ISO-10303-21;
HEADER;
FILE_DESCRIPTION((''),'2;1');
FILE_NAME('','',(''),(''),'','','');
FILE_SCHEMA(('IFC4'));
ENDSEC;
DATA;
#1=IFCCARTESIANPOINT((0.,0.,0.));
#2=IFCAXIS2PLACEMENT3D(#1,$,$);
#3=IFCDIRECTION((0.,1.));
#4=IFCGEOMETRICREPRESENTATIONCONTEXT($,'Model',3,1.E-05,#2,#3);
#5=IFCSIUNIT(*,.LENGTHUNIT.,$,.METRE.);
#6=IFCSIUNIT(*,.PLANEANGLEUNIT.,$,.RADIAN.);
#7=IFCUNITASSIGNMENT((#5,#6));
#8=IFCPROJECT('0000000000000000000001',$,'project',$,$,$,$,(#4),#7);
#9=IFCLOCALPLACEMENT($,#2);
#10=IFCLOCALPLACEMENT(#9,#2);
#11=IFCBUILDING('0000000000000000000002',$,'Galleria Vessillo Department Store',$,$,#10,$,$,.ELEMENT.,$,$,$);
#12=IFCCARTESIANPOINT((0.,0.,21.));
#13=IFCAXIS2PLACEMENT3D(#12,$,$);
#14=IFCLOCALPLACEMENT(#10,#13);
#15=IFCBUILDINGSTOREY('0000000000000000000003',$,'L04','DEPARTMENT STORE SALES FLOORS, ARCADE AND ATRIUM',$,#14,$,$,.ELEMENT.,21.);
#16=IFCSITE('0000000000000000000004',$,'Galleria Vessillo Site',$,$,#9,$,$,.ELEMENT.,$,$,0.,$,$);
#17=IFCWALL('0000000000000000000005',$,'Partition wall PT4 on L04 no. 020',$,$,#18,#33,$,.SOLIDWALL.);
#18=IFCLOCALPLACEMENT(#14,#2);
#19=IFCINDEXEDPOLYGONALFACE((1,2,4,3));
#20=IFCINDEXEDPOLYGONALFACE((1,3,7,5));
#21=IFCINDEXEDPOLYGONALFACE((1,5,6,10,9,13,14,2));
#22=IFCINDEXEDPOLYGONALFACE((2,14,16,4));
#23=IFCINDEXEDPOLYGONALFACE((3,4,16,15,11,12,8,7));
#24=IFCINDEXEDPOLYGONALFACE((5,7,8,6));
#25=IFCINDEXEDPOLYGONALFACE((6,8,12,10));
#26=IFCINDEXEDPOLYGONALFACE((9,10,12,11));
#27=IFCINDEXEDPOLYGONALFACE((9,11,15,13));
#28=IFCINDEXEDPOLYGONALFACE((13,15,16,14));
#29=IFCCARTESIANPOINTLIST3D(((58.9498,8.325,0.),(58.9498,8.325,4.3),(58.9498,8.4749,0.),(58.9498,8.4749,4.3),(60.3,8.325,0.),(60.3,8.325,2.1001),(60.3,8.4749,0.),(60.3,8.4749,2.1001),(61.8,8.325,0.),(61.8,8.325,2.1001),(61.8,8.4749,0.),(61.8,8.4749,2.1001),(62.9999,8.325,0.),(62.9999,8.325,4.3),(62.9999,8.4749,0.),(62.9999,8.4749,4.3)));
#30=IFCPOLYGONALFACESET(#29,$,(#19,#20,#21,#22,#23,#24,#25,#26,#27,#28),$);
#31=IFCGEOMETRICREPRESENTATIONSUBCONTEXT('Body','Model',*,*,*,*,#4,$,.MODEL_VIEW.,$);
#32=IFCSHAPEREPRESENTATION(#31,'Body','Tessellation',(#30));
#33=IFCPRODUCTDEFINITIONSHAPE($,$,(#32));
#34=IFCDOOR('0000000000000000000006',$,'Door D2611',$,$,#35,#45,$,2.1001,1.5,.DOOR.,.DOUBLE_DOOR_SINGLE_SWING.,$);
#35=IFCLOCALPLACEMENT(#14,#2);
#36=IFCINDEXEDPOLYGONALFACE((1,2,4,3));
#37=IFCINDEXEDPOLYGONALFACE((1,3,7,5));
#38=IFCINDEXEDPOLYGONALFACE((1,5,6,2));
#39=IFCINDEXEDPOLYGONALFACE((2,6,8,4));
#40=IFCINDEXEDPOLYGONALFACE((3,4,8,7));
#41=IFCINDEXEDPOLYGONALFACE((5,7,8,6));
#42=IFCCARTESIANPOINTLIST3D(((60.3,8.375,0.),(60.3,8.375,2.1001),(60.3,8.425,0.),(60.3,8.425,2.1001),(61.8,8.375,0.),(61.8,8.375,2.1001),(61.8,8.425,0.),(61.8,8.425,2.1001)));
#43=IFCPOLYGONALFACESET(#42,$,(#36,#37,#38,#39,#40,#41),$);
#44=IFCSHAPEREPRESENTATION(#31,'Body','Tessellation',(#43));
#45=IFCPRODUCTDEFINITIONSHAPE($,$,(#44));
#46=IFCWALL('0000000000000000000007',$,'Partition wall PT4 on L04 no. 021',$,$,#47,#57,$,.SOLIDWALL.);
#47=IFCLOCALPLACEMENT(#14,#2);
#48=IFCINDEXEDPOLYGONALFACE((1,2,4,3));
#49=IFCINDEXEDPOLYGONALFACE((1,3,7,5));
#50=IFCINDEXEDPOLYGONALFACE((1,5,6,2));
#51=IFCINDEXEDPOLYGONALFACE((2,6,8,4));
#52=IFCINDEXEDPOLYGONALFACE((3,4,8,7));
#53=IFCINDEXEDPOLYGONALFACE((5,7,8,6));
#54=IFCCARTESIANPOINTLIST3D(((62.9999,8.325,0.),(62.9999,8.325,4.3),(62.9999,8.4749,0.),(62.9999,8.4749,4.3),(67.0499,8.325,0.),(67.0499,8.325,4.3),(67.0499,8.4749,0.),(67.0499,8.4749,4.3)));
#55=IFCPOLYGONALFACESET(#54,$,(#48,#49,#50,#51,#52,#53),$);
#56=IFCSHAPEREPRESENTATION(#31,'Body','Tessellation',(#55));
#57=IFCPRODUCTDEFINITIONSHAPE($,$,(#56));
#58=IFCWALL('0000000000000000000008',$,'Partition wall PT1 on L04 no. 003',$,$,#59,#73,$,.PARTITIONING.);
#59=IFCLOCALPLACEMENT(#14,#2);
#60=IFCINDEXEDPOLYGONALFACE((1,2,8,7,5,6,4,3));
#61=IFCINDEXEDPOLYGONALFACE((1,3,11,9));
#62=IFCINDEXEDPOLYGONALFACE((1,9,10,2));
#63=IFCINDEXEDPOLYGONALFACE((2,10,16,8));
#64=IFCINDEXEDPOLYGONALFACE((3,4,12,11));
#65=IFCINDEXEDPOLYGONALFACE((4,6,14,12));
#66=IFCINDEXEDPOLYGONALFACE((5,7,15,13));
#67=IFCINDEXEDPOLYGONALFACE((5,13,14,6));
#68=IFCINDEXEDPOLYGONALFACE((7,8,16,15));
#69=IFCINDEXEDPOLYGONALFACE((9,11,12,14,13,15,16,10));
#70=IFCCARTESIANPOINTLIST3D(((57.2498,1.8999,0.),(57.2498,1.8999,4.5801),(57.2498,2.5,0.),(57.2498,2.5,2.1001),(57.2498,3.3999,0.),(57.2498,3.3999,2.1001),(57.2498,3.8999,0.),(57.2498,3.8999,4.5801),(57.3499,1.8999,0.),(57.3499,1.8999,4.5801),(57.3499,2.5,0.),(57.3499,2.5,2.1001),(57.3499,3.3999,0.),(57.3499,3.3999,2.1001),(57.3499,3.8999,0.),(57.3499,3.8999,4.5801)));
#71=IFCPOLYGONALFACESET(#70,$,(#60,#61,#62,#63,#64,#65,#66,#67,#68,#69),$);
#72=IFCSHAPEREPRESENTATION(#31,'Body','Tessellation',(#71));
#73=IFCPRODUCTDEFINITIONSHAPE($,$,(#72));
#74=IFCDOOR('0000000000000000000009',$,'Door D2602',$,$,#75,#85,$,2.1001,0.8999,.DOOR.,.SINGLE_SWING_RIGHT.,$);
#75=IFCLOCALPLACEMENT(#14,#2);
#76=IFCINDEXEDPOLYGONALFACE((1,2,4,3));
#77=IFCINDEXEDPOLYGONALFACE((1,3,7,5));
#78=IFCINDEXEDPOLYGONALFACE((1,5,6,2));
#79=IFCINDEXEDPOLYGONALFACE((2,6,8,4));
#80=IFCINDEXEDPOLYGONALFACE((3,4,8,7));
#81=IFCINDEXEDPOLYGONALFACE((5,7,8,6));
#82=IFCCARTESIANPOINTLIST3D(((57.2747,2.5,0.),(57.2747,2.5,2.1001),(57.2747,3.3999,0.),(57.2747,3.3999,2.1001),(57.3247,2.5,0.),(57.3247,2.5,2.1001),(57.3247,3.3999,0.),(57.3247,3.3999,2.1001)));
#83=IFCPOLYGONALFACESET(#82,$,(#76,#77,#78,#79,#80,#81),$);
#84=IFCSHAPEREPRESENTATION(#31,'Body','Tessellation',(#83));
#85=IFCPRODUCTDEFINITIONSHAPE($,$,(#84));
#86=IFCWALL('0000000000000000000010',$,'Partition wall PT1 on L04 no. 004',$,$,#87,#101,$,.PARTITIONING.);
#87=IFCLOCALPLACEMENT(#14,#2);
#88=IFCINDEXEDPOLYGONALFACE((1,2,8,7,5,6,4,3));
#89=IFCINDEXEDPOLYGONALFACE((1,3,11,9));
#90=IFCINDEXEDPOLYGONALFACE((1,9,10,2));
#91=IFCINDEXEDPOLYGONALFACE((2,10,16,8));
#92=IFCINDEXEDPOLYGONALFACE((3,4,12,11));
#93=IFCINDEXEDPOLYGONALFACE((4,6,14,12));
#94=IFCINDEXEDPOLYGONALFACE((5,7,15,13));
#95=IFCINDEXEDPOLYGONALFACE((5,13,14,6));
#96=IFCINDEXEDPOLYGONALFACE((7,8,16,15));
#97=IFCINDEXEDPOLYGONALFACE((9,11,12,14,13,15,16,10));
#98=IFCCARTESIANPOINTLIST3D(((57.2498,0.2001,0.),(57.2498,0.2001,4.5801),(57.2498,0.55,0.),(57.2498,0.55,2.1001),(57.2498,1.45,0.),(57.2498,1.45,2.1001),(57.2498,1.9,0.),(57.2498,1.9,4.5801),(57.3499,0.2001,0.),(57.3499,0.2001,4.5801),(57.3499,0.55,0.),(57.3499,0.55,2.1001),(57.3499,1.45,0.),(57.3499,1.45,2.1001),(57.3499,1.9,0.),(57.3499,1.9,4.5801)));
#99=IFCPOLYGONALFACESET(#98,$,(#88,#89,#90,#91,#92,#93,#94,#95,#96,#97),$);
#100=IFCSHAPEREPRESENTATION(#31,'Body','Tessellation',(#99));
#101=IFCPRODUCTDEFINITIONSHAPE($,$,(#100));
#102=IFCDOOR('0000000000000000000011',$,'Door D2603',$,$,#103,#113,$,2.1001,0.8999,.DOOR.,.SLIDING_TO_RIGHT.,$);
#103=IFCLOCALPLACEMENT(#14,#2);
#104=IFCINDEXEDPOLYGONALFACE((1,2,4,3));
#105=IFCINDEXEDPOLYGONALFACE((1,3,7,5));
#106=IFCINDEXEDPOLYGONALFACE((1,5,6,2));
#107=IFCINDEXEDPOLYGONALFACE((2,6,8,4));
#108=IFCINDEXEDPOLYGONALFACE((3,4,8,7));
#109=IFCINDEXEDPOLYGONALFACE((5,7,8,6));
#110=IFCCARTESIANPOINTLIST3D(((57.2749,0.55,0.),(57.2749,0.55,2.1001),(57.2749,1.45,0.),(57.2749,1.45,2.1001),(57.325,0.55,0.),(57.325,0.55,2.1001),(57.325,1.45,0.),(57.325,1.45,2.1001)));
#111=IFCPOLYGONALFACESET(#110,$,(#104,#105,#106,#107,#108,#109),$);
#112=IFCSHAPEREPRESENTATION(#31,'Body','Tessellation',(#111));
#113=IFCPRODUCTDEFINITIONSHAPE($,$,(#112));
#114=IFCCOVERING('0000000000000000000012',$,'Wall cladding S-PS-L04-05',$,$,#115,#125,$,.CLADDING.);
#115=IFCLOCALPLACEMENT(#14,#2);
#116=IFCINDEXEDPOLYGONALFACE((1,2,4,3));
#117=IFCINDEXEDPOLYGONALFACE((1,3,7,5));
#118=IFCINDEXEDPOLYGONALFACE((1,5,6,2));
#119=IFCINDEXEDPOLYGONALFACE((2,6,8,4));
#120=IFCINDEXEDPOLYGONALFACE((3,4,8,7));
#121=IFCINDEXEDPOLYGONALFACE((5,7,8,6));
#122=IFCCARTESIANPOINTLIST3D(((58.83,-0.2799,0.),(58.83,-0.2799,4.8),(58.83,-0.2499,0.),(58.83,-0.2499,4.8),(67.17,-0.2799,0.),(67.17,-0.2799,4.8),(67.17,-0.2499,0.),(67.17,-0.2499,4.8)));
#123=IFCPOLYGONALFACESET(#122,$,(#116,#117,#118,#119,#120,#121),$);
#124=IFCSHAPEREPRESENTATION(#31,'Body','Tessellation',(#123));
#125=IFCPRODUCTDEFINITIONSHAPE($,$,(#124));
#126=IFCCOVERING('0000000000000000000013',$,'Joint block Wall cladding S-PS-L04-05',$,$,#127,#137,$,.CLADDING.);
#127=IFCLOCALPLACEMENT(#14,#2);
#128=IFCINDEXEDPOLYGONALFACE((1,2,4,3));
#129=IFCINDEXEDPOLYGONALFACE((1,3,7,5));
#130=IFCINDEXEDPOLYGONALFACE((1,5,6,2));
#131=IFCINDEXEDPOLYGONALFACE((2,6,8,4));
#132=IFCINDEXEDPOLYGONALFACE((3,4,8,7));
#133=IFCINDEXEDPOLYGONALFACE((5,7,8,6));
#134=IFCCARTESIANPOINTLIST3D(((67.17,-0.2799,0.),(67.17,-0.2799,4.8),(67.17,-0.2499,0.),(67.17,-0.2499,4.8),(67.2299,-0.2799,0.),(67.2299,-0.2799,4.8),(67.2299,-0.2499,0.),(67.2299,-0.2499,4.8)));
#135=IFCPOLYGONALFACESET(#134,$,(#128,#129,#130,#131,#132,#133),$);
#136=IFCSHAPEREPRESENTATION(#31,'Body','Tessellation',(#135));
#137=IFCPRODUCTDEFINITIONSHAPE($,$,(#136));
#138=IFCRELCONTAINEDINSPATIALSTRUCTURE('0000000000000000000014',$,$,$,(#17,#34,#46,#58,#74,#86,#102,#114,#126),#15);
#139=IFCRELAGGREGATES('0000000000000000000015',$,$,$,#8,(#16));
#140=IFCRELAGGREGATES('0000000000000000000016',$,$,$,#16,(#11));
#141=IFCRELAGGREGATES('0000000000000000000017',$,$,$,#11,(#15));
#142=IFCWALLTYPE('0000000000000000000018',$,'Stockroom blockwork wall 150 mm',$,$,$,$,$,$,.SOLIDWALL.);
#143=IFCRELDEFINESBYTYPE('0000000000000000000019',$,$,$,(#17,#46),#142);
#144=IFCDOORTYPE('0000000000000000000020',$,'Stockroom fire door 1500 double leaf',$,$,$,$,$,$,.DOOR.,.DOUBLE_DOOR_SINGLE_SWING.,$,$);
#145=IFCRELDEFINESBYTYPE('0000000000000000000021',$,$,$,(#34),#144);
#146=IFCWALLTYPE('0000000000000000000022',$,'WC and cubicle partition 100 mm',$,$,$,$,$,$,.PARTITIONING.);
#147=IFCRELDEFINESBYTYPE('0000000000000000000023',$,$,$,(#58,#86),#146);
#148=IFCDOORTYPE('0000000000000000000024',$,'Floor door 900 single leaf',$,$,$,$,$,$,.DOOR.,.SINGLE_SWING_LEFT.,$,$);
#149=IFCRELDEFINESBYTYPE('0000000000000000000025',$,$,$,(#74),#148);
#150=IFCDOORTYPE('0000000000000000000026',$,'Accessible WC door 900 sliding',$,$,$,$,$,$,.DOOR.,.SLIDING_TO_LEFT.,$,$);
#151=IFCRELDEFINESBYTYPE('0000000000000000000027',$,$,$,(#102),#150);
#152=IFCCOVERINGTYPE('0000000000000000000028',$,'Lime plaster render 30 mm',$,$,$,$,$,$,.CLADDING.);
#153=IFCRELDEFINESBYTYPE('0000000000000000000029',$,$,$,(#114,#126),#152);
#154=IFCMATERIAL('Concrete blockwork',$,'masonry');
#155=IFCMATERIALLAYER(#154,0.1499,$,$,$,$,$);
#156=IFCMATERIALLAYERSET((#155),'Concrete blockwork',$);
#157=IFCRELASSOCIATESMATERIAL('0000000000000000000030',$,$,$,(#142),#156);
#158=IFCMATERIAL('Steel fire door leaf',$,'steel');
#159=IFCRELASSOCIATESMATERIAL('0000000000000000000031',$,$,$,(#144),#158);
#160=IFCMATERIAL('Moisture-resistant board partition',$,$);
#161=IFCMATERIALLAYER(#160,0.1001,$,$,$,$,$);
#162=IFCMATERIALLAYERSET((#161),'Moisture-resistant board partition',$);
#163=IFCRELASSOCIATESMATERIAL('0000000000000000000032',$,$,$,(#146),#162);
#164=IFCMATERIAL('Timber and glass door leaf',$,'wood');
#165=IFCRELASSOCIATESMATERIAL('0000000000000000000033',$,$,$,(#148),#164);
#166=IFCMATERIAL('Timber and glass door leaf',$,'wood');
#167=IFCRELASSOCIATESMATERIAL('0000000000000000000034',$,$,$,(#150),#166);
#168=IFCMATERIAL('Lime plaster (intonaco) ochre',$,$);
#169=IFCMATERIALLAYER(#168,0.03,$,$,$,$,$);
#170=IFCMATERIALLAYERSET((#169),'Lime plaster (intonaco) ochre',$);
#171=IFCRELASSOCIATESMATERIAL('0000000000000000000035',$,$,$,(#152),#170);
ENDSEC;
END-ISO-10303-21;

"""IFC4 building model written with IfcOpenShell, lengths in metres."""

from ifc_helpers import new_model, si_unit, direction, frame, frame_2d, origin, origin_2d, place, context, subcontext, project, spatial, rectangle, extrude, material, layer, layer_set, type_object, element, fill, save


model = new_model("IFC4")

# Units and contexts
model_context = context("Model", 3, precision=1e-05, world=origin(), true_north=direction((0.0, 1.0)))
body_context = subcontext(model_context, "Body", "Model", "MODEL_VIEW")
ifc_project = project(units=[si_unit("LENGTHUNIT", "METRE"), si_unit("PLANEANGLEUNIT", "RADIAN")], contexts=[model_context])

# Site, building, storey
site_placement = place(None, origin())
site = spatial("IfcSite", under=ifc_project, at=site_placement, Name="Galleria Vessillo Site", CompositionType="ELEMENT", RefElevation=0.0)
building_placement = place(site_placement, origin())
building = spatial("IfcBuilding", under=site, at=building_placement, Name="Galleria Vessillo Department Store", CompositionType="ELEMENT")
storey_placement = place(building_placement, frame((0.0, 0.0, 21.0)))
storey = spatial("IfcBuildingStorey", under=building, at=storey_placement, Name="L04", Description="DEPARTMENT STORE SALES FLOORS, ARCADE AND ATRIUM", CompositionType="ELEMENT", Elevation=21.0)

# Shared definitions
ifc_material_1 = material(Name="Concrete blockwork", Category="masonry")
ifc_layer_1 = layer(ifc_material_1, 0.1499)
ifc_layer_set_1 = layer_set([ifc_layer_1], Name="Concrete blockwork")
wall_type_1 = type_object("IfcWallType", Name="Stockroom blockwork wall 150 mm", PredefinedType="SOLIDWALL", material=ifc_layer_set_1)

# Wall, opening, door
wall_1_placement = place(storey_placement, frame((58.95, 8.3999, 0.0), z_axis=(0.0, 0.0, 1.0), x_axis=(1.0, 0.0, 0.0)))
wall_1 = element("IfcWall", 1, at=wall_1_placement, inside=storey, type_object=wall_type_1, Name="Partition wall PT4 on L04 no. 020", PredefinedType="SOLIDWALL", context=body_context, shape_type="SweptSolid", body=[
    extrude(rectangle(XDim=4.05, YDim=0.1499, at=frame_2d((2.0249, 0.0))), origin(), (0.0, 0.0, 1.0), 4.3),
])
opening_1_placement = place(wall_1_placement, frame((1.3501, 0.0, 0.0)))
opening_1 = element("IfcOpeningElement", 2, at=opening_1_placement, cuts=wall_1, PredefinedType="OPENING", context=body_context, shape_type="SweptSolid", body=[
    extrude(rectangle(XDim=1.5, YDim=2.1001, at=frame_2d((0.75, 1.05))), frame((0.0, 0.085, 0.0), z_axis=(0.0, -1.0, 0.0), x_axis=(1.0, 0.0, 0.0)), (0.0, 0.0, 1.0), 0.1699),
])
ifc_material_2 = material(Name="Steel fire door leaf", Category="steel")
door_type_1 = type_object("IfcDoorType", Name="Stockroom fire door 1500 double leaf", OperationType="DOUBLE_DOOR_SINGLE_SWING", PredefinedType="DOOR", material=ifc_material_2)
door_1_placement = place(opening_1_placement, frame((1.5, 0.0, 0.0), z_axis=(0.0, 0.0, 1.0), x_axis=(-1.0, 0.0, 0.0)))
door_1 = element("IfcDoor", 3, at=door_1_placement, inside=storey, type_object=door_type_1, Name="Door D2611", OperationType="DOUBLE_DOOR_SINGLE_SWING", OverallHeight=2.1001, OverallWidth=1.5, PredefinedType="DOOR", context=body_context, shape_type="SweptSolid", body=[
    extrude(rectangle(XDim=1.5, YDim=2.1001, at=frame_2d((0.75, 1.05))), frame((0.0, 0.0249, 0.0), z_axis=(0.0, -1.0, 0.0), x_axis=(1.0, 0.0, 0.0)), (0.0, 0.0, 1.0), 0.05),
])
fill(opening_1, door_1)

# Wall
wall_2_placement = place(storey_placement, frame((63.0, 8.3999, 0.0), z_axis=(0.0, 0.0, 1.0), x_axis=(1.0, 0.0, 0.0)))
element("IfcWall", 4, at=wall_2_placement, inside=storey, type_object=wall_type_1, Name="Partition wall PT4 on L04 no. 021", PredefinedType="SOLIDWALL", context=body_context, shape_type="SweptSolid", body=[
    extrude(rectangle(XDim=4.05, YDim=0.1499, at=frame_2d((2.0249, 0.0))), origin(), (0.0, 0.0, 1.0), 4.3),
])

# Walls, openings, doors
ifc_material_3 = material(Name="Moisture-resistant board partition")
ifc_layer_2 = layer(ifc_material_3, 0.1001)
ifc_layer_set_2 = layer_set([ifc_layer_2], Name="Moisture-resistant board partition")
wall_type_2 = type_object("IfcWallType", Name="WC and cubicle partition 100 mm", PredefinedType="PARTITIONING", material=ifc_layer_set_2)
wall_3_placement = place(storey_placement, frame((57.2998, 1.8999, 0.0), z_axis=(0.0, 0.0, 1.0), x_axis=(0.0, 1.0, 0.0)))
wall_3 = element("IfcWall", 5, at=wall_3_placement, inside=storey, type_object=wall_type_2, Name="Partition wall PT1 on L04 no. 003", PredefinedType="PARTITIONING", context=body_context, shape_type="SweptSolid", body=[
    extrude(rectangle(XDim=2.0, YDim=0.1001, at=frame_2d((1.0, 0.0))), origin(), (0.0, 0.0, 1.0), 4.5801),
])
opening_2_placement = place(wall_3_placement, frame((0.6001, 0.0, 0.0)))
opening_2 = element("IfcOpeningElement", 6, at=opening_2_placement, cuts=wall_3, PredefinedType="OPENING", context=body_context, shape_type="SweptSolid", body=[
    extrude(rectangle(XDim=0.8999, YDim=2.1001, at=frame_2d((0.45, 1.05))), frame((0.0, 0.0601, 0.0), z_axis=(0.0, -1.0, 0.0), x_axis=(1.0, 0.0, 0.0)), (0.0, 0.0, 1.0), 0.1201),
])
ifc_material_4 = material(Name="Timber and glass door leaf", Category="wood")
door_type_2 = type_object("IfcDoorType", Name="Floor door 900 single leaf", OperationType="SINGLE_SWING_LEFT", PredefinedType="DOOR", material=ifc_material_4)
door_2_placement = place(opening_2_placement, frame((0.8999, 0.0, 0.0), z_axis=(0.0, 0.0, 1.0), x_axis=(-1.0, 0.0, 0.0)))
door_2 = element("IfcDoor", 7, at=door_2_placement, inside=storey, type_object=door_type_2, Name="Door D2602", OperationType="SINGLE_SWING_RIGHT", OverallHeight=2.1001, OverallWidth=0.8999, PredefinedType="DOOR", context=body_context, shape_type="SweptSolid", body=[
    extrude(rectangle(XDim=0.8999, YDim=2.1001, at=frame_2d((0.45, 1.05))), frame((0.0, 0.0249, 0.0), z_axis=(0.0, -1.0, 0.0), x_axis=(1.0, 0.0, 0.0)), (0.0, 0.0, 1.0), 0.05),
])
fill(opening_2, door_2)
wall_4_placement = place(storey_placement, frame((57.2998, 0.2, 0.0), z_axis=(0.0, 0.0, 1.0), x_axis=(0.0, 1.0, 0.0)))
wall_4 = element("IfcWall", 8, at=wall_4_placement, inside=storey, type_object=wall_type_2, Name="Partition wall PT1 on L04 no. 004", PredefinedType="PARTITIONING", context=body_context, shape_type="SweptSolid", body=[
    extrude(rectangle(XDim=1.7, YDim=0.1001, at=frame_2d((0.8501, 0.0))), origin(), (0.0, 0.0, 1.0), 4.5801),
])
opening_3_placement = place(wall_4_placement, frame((0.3501, 0.0, 0.0)))
opening_3 = element("IfcOpeningElement", 9, at=opening_3_placement, cuts=wall_4, PredefinedType="OPENING", context=body_context, shape_type="SweptSolid", body=[
    extrude(rectangle(XDim=0.8999, YDim=2.1001, at=frame_2d((0.45, 1.05))), frame((0.0, 0.0601, 0.0), z_axis=(0.0, -1.0, 0.0), x_axis=(1.0, 0.0, 0.0)), (0.0, 0.0, 1.0), 0.1201),
])
ifc_material_5 = material(Name="Timber and glass door leaf", Category="wood")
door_type_3 = type_object("IfcDoorType", Name="Accessible WC door 900 sliding", OperationType="SLIDING_TO_LEFT", PredefinedType="DOOR", material=ifc_material_5)
door_3_placement = place(opening_3_placement, origin())
door_3 = element("IfcDoor", 10, at=door_3_placement, inside=storey, type_object=door_type_3, Name="Door D2603", OperationType="SLIDING_TO_RIGHT", OverallHeight=2.1001, OverallWidth=0.8999, PredefinedType="DOOR", context=body_context, shape_type="SweptSolid", body=[
    extrude(rectangle(XDim=0.8999, YDim=2.1001, at=frame_2d((0.45, 1.05))), frame((0.0, 0.0249, 0.0), z_axis=(0.0, -1.0, 0.0), x_axis=(1.0, 0.0, 0.0)), (0.0, 0.0, 1.0), 0.05),
])
fill(opening_3, door_3)

# Coverings
ifc_material_6 = material(Name="Lime plaster (intonaco) ochre")
ifc_layer_3 = layer(ifc_material_6, 0.03)
ifc_layer_set_3 = layer_set([ifc_layer_3], Name="Lime plaster (intonaco) ochre")
covering_type = type_object("IfcCoveringType", Name="Lime plaster render 30 mm", PredefinedType="CLADDING", material=ifc_layer_set_3)
covering_1_placement = place(storey_placement, frame((63.0, -0.2649, 0.0), z_axis=(0.0, 0.0, 1.0), x_axis=(1.0, 0.0, 0.0)))
element("IfcCovering", 11, at=covering_1_placement, inside=storey, type_object=covering_type, Name="Wall cladding S-PS-L04-05", PredefinedType="CLADDING", context=body_context, shape_type="SweptSolid", body=[
    extrude(rectangle(XDim=8.3401, YDim=0.03, at=origin_2d()), origin(), (0.0, 0.0, 1.0), 4.8),
])
covering_2_placement = place(storey_placement, frame((67.2, -0.2649, 0.0), z_axis=(0.0, 0.0, 1.0), x_axis=(1.0, 0.0, 0.0)))
element("IfcCovering", 12, at=covering_2_placement, inside=storey, type_object=covering_type, Name="Joint block Wall cladding S-PS-L04-05", PredefinedType="CLADDING", context=body_context, shape_type="SweptSolid", body=[
    extrude(rectangle(XDim=0.0598, YDim=0.03, at=origin_2d()), origin(), (0.0, 0.0, 1.0), 4.8),
])

save(model, "model.ifc")
